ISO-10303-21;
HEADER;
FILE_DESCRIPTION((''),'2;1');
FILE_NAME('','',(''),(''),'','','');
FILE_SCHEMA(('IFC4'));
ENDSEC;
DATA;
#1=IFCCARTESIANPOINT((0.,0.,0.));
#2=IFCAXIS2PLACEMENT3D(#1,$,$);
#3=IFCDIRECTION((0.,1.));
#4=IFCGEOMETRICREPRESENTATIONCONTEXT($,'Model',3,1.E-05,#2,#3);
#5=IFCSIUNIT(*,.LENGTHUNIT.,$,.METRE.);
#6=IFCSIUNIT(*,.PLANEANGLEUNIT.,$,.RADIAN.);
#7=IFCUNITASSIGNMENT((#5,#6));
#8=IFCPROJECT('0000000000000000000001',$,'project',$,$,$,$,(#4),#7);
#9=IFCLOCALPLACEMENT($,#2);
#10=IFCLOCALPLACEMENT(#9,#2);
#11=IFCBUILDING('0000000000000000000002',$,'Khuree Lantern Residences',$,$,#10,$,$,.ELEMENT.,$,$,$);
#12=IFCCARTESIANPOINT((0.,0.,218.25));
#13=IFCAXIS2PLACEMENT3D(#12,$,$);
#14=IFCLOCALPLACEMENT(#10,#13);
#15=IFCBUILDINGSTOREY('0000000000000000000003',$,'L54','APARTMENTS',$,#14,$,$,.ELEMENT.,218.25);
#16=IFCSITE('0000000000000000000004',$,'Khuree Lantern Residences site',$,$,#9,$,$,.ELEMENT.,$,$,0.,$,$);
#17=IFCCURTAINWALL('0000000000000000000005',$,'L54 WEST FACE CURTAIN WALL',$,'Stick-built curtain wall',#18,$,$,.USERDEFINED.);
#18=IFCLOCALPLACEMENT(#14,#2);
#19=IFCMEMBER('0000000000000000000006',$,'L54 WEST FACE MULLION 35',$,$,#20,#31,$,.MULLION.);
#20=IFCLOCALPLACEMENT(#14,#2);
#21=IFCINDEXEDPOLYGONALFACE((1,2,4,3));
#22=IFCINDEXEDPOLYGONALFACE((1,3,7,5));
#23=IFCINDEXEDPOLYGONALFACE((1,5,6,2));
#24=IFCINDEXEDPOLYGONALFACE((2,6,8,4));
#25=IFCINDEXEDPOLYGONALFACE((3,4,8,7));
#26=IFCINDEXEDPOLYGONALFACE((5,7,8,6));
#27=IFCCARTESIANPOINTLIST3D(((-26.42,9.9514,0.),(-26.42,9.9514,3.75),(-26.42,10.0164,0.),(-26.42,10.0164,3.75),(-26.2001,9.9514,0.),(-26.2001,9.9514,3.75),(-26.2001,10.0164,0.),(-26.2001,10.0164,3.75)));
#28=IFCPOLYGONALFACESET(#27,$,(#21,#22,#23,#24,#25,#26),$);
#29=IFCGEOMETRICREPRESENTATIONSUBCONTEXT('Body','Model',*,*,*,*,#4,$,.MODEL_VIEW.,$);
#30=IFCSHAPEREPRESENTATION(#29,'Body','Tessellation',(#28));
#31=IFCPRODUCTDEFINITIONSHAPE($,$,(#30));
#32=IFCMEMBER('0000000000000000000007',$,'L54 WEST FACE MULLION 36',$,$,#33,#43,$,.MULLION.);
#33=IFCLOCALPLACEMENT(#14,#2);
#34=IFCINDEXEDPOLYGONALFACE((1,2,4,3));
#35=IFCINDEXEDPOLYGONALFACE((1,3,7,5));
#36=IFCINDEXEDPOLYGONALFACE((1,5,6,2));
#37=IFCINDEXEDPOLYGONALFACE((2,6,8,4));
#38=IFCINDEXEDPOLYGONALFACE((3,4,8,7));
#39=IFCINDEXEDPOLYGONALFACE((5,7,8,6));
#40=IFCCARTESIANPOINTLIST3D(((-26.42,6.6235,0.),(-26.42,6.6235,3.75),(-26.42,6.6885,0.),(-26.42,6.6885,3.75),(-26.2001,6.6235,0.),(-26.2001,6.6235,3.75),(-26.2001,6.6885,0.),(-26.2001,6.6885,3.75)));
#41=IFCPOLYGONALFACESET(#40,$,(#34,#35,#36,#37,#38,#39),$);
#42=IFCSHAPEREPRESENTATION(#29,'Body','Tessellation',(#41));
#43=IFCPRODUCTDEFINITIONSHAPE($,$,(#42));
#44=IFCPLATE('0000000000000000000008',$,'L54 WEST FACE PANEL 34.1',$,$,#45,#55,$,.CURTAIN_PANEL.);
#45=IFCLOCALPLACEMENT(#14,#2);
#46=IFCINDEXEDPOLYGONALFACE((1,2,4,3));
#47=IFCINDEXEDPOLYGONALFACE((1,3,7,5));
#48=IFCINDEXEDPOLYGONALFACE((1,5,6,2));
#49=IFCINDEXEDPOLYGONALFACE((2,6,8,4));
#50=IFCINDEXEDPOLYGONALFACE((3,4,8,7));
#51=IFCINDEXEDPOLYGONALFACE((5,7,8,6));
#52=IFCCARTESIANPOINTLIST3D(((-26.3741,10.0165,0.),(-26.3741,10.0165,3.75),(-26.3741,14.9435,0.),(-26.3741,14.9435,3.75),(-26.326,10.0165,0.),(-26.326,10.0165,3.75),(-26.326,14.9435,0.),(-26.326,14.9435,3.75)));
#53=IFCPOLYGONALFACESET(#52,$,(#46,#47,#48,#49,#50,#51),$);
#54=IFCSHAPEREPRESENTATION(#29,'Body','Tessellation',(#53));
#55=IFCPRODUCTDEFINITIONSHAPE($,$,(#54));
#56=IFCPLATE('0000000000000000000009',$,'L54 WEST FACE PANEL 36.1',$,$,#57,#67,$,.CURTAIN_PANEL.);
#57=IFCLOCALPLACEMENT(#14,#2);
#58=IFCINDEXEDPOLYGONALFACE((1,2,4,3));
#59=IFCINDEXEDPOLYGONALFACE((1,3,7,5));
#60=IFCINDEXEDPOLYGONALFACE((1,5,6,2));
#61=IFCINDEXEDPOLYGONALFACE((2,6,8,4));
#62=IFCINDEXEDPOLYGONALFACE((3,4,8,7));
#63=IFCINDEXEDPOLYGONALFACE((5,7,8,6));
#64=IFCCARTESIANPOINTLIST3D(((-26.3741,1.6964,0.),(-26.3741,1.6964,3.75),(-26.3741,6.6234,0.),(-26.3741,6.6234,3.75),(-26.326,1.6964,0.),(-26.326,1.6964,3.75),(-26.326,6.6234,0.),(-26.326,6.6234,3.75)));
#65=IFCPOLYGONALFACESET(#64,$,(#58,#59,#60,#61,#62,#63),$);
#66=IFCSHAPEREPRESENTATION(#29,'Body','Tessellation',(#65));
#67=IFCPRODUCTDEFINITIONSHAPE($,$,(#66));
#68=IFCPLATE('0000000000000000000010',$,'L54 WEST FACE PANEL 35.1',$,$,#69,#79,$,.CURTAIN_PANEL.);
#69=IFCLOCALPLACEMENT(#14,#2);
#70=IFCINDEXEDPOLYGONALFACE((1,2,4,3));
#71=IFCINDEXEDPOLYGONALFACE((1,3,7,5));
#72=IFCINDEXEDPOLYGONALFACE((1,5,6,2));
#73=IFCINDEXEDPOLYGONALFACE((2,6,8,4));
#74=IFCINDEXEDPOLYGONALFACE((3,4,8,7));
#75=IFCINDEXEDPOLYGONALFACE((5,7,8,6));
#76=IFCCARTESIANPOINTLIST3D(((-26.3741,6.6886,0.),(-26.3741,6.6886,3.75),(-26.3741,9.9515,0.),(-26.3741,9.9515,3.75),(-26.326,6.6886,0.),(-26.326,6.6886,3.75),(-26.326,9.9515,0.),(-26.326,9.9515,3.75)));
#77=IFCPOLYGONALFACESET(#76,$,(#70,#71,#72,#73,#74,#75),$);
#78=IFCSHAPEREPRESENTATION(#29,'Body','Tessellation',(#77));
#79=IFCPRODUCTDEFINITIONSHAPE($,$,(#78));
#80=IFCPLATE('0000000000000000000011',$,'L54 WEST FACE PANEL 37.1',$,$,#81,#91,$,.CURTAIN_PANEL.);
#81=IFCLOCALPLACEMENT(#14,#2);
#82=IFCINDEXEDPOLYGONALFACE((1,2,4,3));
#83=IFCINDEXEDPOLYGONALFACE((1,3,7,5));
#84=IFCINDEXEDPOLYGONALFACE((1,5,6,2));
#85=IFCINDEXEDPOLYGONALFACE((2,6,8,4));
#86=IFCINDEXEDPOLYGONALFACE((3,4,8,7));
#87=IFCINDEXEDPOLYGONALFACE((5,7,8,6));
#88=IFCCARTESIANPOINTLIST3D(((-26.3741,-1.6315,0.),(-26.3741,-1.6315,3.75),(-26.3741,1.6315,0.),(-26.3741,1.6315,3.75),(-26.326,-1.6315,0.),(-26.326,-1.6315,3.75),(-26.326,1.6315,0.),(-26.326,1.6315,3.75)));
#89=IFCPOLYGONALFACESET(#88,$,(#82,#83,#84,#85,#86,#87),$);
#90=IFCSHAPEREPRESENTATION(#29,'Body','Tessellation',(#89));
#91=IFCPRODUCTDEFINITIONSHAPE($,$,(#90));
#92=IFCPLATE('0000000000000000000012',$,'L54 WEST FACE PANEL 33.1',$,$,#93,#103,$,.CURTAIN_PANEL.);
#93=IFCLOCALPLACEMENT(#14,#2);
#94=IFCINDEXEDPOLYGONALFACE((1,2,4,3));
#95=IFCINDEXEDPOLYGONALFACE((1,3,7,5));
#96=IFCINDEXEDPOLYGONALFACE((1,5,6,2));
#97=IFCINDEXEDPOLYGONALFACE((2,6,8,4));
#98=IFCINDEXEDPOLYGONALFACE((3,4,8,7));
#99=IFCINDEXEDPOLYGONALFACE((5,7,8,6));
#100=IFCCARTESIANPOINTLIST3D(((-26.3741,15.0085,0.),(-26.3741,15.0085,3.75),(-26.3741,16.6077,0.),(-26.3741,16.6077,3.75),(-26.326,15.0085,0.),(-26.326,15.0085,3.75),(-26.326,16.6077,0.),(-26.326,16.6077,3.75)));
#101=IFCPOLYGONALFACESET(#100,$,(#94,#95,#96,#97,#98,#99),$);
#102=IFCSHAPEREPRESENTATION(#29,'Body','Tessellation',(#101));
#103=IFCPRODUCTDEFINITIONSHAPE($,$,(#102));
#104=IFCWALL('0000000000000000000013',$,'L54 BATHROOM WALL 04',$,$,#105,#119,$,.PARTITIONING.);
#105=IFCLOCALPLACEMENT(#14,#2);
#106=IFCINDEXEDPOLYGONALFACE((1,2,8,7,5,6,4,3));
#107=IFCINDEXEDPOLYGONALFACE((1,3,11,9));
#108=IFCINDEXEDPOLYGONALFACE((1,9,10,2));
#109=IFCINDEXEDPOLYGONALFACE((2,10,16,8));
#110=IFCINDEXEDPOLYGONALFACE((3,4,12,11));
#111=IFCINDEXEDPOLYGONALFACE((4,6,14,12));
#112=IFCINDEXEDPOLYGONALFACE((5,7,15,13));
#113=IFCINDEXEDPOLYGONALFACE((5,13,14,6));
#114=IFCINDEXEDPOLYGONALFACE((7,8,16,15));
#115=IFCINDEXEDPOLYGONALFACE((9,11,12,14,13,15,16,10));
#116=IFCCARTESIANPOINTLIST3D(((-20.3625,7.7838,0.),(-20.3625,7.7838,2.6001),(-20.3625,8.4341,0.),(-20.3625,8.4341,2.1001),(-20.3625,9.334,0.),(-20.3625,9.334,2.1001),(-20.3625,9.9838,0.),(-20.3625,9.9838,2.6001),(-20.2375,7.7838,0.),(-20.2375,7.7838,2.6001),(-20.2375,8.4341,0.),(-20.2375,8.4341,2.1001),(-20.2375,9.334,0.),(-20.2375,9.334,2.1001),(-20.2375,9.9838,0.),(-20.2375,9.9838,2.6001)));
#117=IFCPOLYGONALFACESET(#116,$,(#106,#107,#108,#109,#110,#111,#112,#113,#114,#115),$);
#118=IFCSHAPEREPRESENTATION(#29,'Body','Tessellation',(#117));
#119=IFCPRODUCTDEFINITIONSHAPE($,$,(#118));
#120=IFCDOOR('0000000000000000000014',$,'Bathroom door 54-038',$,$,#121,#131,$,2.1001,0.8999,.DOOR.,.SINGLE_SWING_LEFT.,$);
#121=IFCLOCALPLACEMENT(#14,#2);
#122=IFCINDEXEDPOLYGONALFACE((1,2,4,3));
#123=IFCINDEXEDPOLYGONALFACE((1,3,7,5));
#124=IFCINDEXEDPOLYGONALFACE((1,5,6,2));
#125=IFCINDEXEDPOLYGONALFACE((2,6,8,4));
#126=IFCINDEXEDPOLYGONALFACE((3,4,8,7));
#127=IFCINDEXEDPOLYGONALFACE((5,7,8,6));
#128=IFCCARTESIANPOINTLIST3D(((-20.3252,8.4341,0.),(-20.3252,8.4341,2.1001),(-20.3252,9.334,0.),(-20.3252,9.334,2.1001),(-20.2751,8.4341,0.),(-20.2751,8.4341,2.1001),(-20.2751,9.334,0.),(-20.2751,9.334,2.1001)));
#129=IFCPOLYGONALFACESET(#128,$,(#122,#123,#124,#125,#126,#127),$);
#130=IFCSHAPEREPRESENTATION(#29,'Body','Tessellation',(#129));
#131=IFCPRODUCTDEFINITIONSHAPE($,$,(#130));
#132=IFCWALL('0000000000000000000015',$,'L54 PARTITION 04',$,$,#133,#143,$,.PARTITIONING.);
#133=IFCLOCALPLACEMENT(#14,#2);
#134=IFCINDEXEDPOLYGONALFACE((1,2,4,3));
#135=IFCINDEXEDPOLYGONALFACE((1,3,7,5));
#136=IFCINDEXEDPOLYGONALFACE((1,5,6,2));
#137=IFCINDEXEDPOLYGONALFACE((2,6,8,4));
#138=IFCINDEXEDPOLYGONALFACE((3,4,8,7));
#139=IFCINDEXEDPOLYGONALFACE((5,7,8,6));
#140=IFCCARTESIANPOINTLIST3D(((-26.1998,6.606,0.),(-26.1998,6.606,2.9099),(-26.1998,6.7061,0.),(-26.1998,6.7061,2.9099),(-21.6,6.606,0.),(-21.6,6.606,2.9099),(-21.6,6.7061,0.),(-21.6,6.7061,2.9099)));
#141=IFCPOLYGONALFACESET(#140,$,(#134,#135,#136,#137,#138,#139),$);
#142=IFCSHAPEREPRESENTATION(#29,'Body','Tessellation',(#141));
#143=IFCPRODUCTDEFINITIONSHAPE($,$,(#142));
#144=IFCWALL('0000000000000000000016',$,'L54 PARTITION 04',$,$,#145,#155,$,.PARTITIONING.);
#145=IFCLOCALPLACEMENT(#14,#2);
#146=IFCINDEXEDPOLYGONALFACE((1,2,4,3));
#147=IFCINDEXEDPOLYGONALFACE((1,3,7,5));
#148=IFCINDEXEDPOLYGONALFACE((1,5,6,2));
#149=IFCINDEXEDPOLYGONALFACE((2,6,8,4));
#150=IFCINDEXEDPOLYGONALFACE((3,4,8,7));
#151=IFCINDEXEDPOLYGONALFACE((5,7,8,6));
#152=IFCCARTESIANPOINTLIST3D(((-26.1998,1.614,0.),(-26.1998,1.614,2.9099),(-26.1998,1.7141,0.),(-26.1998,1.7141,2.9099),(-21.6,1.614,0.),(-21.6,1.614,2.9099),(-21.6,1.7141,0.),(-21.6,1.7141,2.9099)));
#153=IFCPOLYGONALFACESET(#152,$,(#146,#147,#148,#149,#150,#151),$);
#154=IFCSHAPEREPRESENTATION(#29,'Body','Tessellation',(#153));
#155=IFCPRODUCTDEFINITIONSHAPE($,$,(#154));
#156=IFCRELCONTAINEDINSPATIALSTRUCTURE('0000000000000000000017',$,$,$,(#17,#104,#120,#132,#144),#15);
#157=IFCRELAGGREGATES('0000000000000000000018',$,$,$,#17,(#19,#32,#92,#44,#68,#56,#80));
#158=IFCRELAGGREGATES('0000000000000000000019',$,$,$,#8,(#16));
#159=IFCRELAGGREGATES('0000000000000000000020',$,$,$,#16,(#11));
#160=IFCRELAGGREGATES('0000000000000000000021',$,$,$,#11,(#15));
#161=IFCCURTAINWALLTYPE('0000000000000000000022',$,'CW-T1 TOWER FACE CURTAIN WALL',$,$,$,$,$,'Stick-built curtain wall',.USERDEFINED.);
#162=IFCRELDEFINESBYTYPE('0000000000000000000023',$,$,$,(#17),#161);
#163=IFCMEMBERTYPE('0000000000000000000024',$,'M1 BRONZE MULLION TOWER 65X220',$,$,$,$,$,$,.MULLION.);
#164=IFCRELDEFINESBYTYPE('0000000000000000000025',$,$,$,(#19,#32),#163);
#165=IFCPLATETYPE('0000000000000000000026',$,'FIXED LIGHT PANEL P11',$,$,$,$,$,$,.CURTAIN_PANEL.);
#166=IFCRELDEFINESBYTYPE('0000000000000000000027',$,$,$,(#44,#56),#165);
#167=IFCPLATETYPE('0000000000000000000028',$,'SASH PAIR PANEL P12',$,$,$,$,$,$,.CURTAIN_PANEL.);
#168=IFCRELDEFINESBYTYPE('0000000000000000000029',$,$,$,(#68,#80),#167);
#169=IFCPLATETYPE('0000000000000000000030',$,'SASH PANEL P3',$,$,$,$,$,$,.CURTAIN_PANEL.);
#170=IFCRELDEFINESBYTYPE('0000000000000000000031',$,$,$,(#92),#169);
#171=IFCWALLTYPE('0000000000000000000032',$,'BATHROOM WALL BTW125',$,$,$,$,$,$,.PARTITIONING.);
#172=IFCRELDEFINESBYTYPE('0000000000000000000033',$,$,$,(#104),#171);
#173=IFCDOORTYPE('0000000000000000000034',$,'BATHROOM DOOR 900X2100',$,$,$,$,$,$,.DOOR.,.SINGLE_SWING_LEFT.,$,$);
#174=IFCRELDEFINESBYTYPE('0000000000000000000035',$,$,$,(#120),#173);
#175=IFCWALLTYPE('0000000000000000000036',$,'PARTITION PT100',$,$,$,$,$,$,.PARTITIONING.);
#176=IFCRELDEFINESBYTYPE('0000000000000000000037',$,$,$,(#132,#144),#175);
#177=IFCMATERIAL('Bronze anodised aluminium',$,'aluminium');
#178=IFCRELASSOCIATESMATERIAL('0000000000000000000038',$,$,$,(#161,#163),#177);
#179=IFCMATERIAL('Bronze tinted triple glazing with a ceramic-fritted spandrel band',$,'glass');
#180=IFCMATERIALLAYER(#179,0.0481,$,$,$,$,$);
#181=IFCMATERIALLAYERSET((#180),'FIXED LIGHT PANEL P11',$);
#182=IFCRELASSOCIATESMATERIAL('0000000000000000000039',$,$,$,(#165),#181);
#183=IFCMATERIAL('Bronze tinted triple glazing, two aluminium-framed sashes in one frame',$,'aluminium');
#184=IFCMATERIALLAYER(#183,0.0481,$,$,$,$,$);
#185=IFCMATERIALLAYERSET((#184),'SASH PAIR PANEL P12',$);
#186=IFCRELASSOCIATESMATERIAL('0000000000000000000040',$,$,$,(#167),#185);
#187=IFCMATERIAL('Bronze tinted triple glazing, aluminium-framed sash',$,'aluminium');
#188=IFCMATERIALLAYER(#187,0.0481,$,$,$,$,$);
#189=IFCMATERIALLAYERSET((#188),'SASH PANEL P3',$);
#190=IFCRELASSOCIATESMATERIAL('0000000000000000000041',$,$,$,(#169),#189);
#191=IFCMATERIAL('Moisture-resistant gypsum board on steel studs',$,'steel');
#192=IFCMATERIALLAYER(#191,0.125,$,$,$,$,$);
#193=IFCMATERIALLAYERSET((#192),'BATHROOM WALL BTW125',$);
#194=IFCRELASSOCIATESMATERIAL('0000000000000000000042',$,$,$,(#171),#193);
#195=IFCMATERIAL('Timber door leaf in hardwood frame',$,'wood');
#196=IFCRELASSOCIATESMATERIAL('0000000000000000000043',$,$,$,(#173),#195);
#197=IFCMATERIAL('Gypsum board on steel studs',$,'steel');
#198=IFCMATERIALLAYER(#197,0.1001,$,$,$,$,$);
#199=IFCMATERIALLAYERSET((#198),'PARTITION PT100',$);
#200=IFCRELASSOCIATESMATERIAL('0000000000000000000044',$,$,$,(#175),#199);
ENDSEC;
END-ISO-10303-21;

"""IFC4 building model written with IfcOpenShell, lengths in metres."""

from ifc_helpers import new_model, si_unit, direction, frame, frame_2d, origin, origin_2d, place, context, subcontext, project, spatial, rectangle, extrude, material, layer, layer_set, material_profile, profile_set, type_object, element, fill, aggregate, save


model = new_model("IFC4")

# Units and contexts
model_context = context("Model", 3, precision=1e-05, world=origin(), true_north=direction((0.0, 1.0)))
body_context = subcontext(model_context, "Body", "Model", "MODEL_VIEW")
ifc_project = project(units=[si_unit("LENGTHUNIT", "METRE"), si_unit("PLANEANGLEUNIT", "RADIAN")], contexts=[model_context])

# Site, building, storey
site_placement = place(None, origin())
site = spatial("IfcSite", under=ifc_project, at=site_placement, Name="Khuree Lantern Residences site", CompositionType="ELEMENT", RefElevation=0.0)
building_placement = place(site_placement, origin())
building = spatial("IfcBuilding", under=site, at=building_placement, Name="Khuree Lantern Residences", CompositionType="ELEMENT")
storey_placement = place(building_placement, frame((0.0, 0.0, 218.25)))
storey = spatial("IfcBuildingStorey", under=building, at=storey_placement, Name="L54", Description="APARTMENTS", CompositionType="ELEMENT", Elevation=218.25)

# Curtain wall
ifc_material_1 = material(Name="Bronze anodised aluminium", Category="aluminium")
curtain_wall_type = type_object("IfcCurtainWallType", Name="CW-T1 TOWER FACE CURTAIN WALL", ElementType="Stick-built curtain wall", PredefinedType="USERDEFINED", material=ifc_material_1)
curtain_wall_placement = place(storey_placement, origin())
curtain_wall = element("IfcCurtainWall", 1, at=curtain_wall_placement, inside=storey, type_object=curtain_wall_type, Name="L54 WEST FACE CURTAIN WALL", ObjectType="Stick-built curtain wall", PredefinedType="USERDEFINED")

# Members
ifc_material_profile_1 = material_profile(ifc_material_1, rectangle(XDim=0.0649, YDim=0.22, at=origin_2d()), Name="M1 65X220")
ifc_profile_set_1 = profile_set([ifc_material_profile_1], Name="Bronze anodised aluminium")
member_type_1 = type_object("IfcMemberType", Name="M1 BRONZE MULLION TOWER 65X220", PredefinedType="MULLION", material=ifc_profile_set_1)
member_1_placement = place(storey_placement, frame((-26.3101, 9.9839, 0.0), z_axis=(0.0, 0.0, 1.0), x_axis=(0.0, -1.0, 0.0)))
member_1 = element("IfcMember", 2, at=member_1_placement, type_object=member_type_1, Name="L54 WEST FACE MULLION 35", PredefinedType="MULLION", context=body_context, shape_type="SweptSolid", body=[
    extrude(rectangle(XDim=0.0649, YDim=0.22, at=origin_2d()), origin(), (0.0, 0.0, 1.0), 3.75),
])
member_2_placement = place(storey_placement, frame((-26.3101, 6.656, 0.0), z_axis=(0.0, 0.0, 1.0), x_axis=(0.0, -1.0, 0.0)))
member_2 = element("IfcMember", 3, at=member_2_placement, type_object=member_type_1, Name="L54 WEST FACE MULLION 36", PredefinedType="MULLION", context=body_context, shape_type="SweptSolid", body=[
    extrude(rectangle(XDim=0.0649, YDim=0.22, at=origin_2d()), origin(), (0.0, 0.0, 1.0), 3.75),
])

# Plates
ifc_material_2 = material(Name="Bronze tinted triple glazing with a ceramic-fritted spandrel band", Category="glass")
ifc_layer_1 = layer(ifc_material_2, 0.0481)
ifc_layer_set_1 = layer_set([ifc_layer_1], Name="FIXED LIGHT PANEL P11")
plate_type_1 = type_object("IfcPlateType", Name="FIXED LIGHT PANEL P11", PredefinedType="CURTAIN_PANEL", material=ifc_layer_set_1)
plate_1_placement = place(storey_placement, frame((-26.3501, 12.48, 0.0), z_axis=(0.0, 0.0, 1.0), x_axis=(0.0, -1.0, 0.0)))
plate_1 = element("IfcPlate", 4, at=plate_1_placement, type_object=plate_type_1, Name="L54 WEST FACE PANEL 34.1", PredefinedType="CURTAIN_PANEL", context=body_context, shape_type="SweptSolid", body=[
    extrude(rectangle(XDim=4.927, YDim=0.0481, at=origin_2d()), origin(), (0.0, 0.0, 1.0), 3.75),
])
plate_2_placement = place(storey_placement, frame((-26.3501, 4.1599, 0.0), z_axis=(0.0, 0.0, 1.0), x_axis=(0.0, -1.0, 0.0)))
plate_2 = element("IfcPlate", 5, at=plate_2_placement, type_object=plate_type_1, Name="L54 WEST FACE PANEL 36.1", PredefinedType="CURTAIN_PANEL", context=body_context, shape_type="SweptSolid", body=[
    extrude(rectangle(XDim=4.927, YDim=0.0481, at=origin_2d()), origin(), (0.0, 0.0, 1.0), 3.75),
])
ifc_material_3 = material(Name="Bronze tinted triple glazing, two aluminium-framed sashes in one frame", Category="aluminium")
ifc_layer_2 = layer(ifc_material_3, 0.0481)
ifc_layer_set_2 = layer_set([ifc_layer_2], Name="SASH PAIR PANEL P12")
plate_type_2 = type_object("IfcPlateType", Name="SASH PAIR PANEL P12", PredefinedType="CURTAIN_PANEL", material=ifc_layer_set_2)
plate_3_placement = place(storey_placement, frame((-26.3501, 8.3201, 0.0), z_axis=(0.0, 0.0, 1.0), x_axis=(0.0, -1.0, 0.0)))
plate_3 = element("IfcPlate", 6, at=plate_3_placement, type_object=plate_type_2, Name="L54 WEST FACE PANEL 35.1", PredefinedType="CURTAIN_PANEL", context=body_context, shape_type="SweptSolid", body=[
    extrude(rectangle(XDim=3.2629, YDim=0.0481, at=origin_2d()), origin(), (0.0, 0.0, 1.0), 3.75),
])
plate_4_placement = place(storey_placement, frame((-26.3501, 0.0, 0.0), z_axis=(0.0, 0.0, 1.0), x_axis=(0.0, -1.0, 0.0)))
plate_4 = element("IfcPlate", 7, at=plate_4_placement, type_object=plate_type_2, Name="L54 WEST FACE PANEL 37.1", PredefinedType="CURTAIN_PANEL", context=body_context, shape_type="SweptSolid", body=[
    extrude(rectangle(XDim=3.2629, YDim=0.0481, at=origin_2d()), origin(), (0.0, 0.0, 1.0), 3.75),
])
ifc_material_4 = material(Name="Bronze tinted triple glazing, aluminium-framed sash", Category="aluminium")
ifc_layer_3 = layer(ifc_material_4, 0.0481)
ifc_layer_set_3 = layer_set([ifc_layer_3], Name="SASH PANEL P3")
plate_type_3 = type_object("IfcPlateType", Name="SASH PANEL P3", PredefinedType="CURTAIN_PANEL", material=ifc_layer_set_3)
plate_5_placement = place(storey_placement, frame((-26.3501, 15.8081, 0.0), z_axis=(0.0, 0.0, 1.0), x_axis=(0.0, -1.0, 0.0)))
plate_5 = element("IfcPlate", 8, at=plate_5_placement, type_object=plate_type_3, Name="L54 WEST FACE PANEL 33.1", PredefinedType="CURTAIN_PANEL", context=body_context, shape_type="SweptSolid", body=[
    extrude(rectangle(XDim=1.5991, YDim=0.0481, at=origin_2d()), origin(), (0.0, 0.0, 1.0), 3.75),
])
aggregate(curtain_wall, [member_1, member_2, plate_5, plate_1, plate_3, plate_2, plate_4])

# Wall, opening, door
ifc_material_5 = material(Name="Moisture-resistant gypsum board on steel studs", Category="steel")
ifc_layer_4 = layer(ifc_material_5, 0.125)
ifc_layer_set_4 = layer_set([ifc_layer_4], Name="BATHROOM WALL BTW125")
wall_type_1 = type_object("IfcWallType", Name="BATHROOM WALL BTW125", PredefinedType="PARTITIONING", material=ifc_layer_set_4)
wall_1_placement = place(storey_placement, frame((-20.3, 9.9839, 0.0), z_axis=(0.0, 0.0, 1.0), x_axis=(0.0, -1.0, 0.0)))
wall_1 = element("IfcWall", 9, at=wall_1_placement, inside=storey, type_object=wall_type_1, Name="L54 BATHROOM WALL 04", PredefinedType="PARTITIONING", context=body_context, shape_type="SweptSolid", body=[
    extrude(rectangle(XDim=2.2, YDim=0.125, at=frame_2d((1.1001, 0.0))), origin(), (0.0, 0.0, 1.0), 2.6001),
])
opening_1_placement = place(wall_1_placement, frame((0.6499, 0.0, 0.0)))
opening_1 = element("IfcOpeningElement", 10, at=opening_1_placement, cuts=wall_1, PredefinedType="OPENING", context=body_context, shape_type="SweptSolid", body=[
    extrude(rectangle(XDim=0.8999, YDim=2.1001, at=frame_2d((0.45, 1.05))), frame((0.0, 0.0725, 0.0), z_axis=(0.0, -1.0, 0.0), x_axis=(1.0, 0.0, 0.0)), (0.0, 0.0, 1.0), 0.145),
])
ifc_material_6 = material(Name="Timber door leaf in hardwood frame", Category="wood")
door_type_1 = type_object("IfcDoorType", Name="BATHROOM DOOR 900X2100", OperationType="SINGLE_SWING_LEFT", PredefinedType="DOOR", material=ifc_material_6)
door_1_placement = place(opening_1_placement, origin())
door_1 = element("IfcDoor", 11, at=door_1_placement, inside=storey, type_object=door_type_1, Name="Bathroom door 54-038", OperationType="SINGLE_SWING_LEFT", OverallHeight=2.1001, OverallWidth=0.8999, PredefinedType="DOOR", context=body_context, shape_type="SweptSolid", body=[
    extrude(rectangle(XDim=0.8999, YDim=2.1001, at=frame_2d((0.45, 1.05))), frame((0.0, 0.0249, 0.0), z_axis=(0.0, -1.0, 0.0), x_axis=(1.0, 0.0, 0.0)), (0.0, 0.0, 1.0), 0.05),
])
fill(opening_1, door_1)

# Walls
ifc_material_7 = material(Name="Gypsum board on steel studs", Category="steel")
ifc_layer_5 = layer(ifc_material_7, 0.1001)
ifc_layer_set_5 = layer_set([ifc_layer_5], Name="PARTITION PT100")
wall_type_2 = type_object("IfcWallType", Name="PARTITION PT100", PredefinedType="PARTITIONING", material=ifc_layer_set_5)
for number, where, z_axis, x_axis, name in (
    (12, (-21.6001, 6.656, 0.0), (0.0, 0.0, 1.0), (-1.0, 0.0, 0.0), "L54 PARTITION 04"),
    (13, (-21.6001, 1.6641, 0.0), (0.0, 0.0, 1.0), (-1.0, 0.0, 0.0), "L54 PARTITION 04"),
):
    element("IfcWall", number, at=place(storey_placement, frame(where, z_axis=z_axis, x_axis=x_axis)), inside=storey, type_object=wall_type_2, Name=name, PredefinedType="PARTITIONING", context=body_context, shape_type="SweptSolid", body=[
        extrude(rectangle(XDim=4.5999, YDim=0.1001, at=frame_2d((2.2998, 0.0))), origin(), (0.0, 0.0, 1.0), 2.9099),
    ])

save(model, "model.ifc")
